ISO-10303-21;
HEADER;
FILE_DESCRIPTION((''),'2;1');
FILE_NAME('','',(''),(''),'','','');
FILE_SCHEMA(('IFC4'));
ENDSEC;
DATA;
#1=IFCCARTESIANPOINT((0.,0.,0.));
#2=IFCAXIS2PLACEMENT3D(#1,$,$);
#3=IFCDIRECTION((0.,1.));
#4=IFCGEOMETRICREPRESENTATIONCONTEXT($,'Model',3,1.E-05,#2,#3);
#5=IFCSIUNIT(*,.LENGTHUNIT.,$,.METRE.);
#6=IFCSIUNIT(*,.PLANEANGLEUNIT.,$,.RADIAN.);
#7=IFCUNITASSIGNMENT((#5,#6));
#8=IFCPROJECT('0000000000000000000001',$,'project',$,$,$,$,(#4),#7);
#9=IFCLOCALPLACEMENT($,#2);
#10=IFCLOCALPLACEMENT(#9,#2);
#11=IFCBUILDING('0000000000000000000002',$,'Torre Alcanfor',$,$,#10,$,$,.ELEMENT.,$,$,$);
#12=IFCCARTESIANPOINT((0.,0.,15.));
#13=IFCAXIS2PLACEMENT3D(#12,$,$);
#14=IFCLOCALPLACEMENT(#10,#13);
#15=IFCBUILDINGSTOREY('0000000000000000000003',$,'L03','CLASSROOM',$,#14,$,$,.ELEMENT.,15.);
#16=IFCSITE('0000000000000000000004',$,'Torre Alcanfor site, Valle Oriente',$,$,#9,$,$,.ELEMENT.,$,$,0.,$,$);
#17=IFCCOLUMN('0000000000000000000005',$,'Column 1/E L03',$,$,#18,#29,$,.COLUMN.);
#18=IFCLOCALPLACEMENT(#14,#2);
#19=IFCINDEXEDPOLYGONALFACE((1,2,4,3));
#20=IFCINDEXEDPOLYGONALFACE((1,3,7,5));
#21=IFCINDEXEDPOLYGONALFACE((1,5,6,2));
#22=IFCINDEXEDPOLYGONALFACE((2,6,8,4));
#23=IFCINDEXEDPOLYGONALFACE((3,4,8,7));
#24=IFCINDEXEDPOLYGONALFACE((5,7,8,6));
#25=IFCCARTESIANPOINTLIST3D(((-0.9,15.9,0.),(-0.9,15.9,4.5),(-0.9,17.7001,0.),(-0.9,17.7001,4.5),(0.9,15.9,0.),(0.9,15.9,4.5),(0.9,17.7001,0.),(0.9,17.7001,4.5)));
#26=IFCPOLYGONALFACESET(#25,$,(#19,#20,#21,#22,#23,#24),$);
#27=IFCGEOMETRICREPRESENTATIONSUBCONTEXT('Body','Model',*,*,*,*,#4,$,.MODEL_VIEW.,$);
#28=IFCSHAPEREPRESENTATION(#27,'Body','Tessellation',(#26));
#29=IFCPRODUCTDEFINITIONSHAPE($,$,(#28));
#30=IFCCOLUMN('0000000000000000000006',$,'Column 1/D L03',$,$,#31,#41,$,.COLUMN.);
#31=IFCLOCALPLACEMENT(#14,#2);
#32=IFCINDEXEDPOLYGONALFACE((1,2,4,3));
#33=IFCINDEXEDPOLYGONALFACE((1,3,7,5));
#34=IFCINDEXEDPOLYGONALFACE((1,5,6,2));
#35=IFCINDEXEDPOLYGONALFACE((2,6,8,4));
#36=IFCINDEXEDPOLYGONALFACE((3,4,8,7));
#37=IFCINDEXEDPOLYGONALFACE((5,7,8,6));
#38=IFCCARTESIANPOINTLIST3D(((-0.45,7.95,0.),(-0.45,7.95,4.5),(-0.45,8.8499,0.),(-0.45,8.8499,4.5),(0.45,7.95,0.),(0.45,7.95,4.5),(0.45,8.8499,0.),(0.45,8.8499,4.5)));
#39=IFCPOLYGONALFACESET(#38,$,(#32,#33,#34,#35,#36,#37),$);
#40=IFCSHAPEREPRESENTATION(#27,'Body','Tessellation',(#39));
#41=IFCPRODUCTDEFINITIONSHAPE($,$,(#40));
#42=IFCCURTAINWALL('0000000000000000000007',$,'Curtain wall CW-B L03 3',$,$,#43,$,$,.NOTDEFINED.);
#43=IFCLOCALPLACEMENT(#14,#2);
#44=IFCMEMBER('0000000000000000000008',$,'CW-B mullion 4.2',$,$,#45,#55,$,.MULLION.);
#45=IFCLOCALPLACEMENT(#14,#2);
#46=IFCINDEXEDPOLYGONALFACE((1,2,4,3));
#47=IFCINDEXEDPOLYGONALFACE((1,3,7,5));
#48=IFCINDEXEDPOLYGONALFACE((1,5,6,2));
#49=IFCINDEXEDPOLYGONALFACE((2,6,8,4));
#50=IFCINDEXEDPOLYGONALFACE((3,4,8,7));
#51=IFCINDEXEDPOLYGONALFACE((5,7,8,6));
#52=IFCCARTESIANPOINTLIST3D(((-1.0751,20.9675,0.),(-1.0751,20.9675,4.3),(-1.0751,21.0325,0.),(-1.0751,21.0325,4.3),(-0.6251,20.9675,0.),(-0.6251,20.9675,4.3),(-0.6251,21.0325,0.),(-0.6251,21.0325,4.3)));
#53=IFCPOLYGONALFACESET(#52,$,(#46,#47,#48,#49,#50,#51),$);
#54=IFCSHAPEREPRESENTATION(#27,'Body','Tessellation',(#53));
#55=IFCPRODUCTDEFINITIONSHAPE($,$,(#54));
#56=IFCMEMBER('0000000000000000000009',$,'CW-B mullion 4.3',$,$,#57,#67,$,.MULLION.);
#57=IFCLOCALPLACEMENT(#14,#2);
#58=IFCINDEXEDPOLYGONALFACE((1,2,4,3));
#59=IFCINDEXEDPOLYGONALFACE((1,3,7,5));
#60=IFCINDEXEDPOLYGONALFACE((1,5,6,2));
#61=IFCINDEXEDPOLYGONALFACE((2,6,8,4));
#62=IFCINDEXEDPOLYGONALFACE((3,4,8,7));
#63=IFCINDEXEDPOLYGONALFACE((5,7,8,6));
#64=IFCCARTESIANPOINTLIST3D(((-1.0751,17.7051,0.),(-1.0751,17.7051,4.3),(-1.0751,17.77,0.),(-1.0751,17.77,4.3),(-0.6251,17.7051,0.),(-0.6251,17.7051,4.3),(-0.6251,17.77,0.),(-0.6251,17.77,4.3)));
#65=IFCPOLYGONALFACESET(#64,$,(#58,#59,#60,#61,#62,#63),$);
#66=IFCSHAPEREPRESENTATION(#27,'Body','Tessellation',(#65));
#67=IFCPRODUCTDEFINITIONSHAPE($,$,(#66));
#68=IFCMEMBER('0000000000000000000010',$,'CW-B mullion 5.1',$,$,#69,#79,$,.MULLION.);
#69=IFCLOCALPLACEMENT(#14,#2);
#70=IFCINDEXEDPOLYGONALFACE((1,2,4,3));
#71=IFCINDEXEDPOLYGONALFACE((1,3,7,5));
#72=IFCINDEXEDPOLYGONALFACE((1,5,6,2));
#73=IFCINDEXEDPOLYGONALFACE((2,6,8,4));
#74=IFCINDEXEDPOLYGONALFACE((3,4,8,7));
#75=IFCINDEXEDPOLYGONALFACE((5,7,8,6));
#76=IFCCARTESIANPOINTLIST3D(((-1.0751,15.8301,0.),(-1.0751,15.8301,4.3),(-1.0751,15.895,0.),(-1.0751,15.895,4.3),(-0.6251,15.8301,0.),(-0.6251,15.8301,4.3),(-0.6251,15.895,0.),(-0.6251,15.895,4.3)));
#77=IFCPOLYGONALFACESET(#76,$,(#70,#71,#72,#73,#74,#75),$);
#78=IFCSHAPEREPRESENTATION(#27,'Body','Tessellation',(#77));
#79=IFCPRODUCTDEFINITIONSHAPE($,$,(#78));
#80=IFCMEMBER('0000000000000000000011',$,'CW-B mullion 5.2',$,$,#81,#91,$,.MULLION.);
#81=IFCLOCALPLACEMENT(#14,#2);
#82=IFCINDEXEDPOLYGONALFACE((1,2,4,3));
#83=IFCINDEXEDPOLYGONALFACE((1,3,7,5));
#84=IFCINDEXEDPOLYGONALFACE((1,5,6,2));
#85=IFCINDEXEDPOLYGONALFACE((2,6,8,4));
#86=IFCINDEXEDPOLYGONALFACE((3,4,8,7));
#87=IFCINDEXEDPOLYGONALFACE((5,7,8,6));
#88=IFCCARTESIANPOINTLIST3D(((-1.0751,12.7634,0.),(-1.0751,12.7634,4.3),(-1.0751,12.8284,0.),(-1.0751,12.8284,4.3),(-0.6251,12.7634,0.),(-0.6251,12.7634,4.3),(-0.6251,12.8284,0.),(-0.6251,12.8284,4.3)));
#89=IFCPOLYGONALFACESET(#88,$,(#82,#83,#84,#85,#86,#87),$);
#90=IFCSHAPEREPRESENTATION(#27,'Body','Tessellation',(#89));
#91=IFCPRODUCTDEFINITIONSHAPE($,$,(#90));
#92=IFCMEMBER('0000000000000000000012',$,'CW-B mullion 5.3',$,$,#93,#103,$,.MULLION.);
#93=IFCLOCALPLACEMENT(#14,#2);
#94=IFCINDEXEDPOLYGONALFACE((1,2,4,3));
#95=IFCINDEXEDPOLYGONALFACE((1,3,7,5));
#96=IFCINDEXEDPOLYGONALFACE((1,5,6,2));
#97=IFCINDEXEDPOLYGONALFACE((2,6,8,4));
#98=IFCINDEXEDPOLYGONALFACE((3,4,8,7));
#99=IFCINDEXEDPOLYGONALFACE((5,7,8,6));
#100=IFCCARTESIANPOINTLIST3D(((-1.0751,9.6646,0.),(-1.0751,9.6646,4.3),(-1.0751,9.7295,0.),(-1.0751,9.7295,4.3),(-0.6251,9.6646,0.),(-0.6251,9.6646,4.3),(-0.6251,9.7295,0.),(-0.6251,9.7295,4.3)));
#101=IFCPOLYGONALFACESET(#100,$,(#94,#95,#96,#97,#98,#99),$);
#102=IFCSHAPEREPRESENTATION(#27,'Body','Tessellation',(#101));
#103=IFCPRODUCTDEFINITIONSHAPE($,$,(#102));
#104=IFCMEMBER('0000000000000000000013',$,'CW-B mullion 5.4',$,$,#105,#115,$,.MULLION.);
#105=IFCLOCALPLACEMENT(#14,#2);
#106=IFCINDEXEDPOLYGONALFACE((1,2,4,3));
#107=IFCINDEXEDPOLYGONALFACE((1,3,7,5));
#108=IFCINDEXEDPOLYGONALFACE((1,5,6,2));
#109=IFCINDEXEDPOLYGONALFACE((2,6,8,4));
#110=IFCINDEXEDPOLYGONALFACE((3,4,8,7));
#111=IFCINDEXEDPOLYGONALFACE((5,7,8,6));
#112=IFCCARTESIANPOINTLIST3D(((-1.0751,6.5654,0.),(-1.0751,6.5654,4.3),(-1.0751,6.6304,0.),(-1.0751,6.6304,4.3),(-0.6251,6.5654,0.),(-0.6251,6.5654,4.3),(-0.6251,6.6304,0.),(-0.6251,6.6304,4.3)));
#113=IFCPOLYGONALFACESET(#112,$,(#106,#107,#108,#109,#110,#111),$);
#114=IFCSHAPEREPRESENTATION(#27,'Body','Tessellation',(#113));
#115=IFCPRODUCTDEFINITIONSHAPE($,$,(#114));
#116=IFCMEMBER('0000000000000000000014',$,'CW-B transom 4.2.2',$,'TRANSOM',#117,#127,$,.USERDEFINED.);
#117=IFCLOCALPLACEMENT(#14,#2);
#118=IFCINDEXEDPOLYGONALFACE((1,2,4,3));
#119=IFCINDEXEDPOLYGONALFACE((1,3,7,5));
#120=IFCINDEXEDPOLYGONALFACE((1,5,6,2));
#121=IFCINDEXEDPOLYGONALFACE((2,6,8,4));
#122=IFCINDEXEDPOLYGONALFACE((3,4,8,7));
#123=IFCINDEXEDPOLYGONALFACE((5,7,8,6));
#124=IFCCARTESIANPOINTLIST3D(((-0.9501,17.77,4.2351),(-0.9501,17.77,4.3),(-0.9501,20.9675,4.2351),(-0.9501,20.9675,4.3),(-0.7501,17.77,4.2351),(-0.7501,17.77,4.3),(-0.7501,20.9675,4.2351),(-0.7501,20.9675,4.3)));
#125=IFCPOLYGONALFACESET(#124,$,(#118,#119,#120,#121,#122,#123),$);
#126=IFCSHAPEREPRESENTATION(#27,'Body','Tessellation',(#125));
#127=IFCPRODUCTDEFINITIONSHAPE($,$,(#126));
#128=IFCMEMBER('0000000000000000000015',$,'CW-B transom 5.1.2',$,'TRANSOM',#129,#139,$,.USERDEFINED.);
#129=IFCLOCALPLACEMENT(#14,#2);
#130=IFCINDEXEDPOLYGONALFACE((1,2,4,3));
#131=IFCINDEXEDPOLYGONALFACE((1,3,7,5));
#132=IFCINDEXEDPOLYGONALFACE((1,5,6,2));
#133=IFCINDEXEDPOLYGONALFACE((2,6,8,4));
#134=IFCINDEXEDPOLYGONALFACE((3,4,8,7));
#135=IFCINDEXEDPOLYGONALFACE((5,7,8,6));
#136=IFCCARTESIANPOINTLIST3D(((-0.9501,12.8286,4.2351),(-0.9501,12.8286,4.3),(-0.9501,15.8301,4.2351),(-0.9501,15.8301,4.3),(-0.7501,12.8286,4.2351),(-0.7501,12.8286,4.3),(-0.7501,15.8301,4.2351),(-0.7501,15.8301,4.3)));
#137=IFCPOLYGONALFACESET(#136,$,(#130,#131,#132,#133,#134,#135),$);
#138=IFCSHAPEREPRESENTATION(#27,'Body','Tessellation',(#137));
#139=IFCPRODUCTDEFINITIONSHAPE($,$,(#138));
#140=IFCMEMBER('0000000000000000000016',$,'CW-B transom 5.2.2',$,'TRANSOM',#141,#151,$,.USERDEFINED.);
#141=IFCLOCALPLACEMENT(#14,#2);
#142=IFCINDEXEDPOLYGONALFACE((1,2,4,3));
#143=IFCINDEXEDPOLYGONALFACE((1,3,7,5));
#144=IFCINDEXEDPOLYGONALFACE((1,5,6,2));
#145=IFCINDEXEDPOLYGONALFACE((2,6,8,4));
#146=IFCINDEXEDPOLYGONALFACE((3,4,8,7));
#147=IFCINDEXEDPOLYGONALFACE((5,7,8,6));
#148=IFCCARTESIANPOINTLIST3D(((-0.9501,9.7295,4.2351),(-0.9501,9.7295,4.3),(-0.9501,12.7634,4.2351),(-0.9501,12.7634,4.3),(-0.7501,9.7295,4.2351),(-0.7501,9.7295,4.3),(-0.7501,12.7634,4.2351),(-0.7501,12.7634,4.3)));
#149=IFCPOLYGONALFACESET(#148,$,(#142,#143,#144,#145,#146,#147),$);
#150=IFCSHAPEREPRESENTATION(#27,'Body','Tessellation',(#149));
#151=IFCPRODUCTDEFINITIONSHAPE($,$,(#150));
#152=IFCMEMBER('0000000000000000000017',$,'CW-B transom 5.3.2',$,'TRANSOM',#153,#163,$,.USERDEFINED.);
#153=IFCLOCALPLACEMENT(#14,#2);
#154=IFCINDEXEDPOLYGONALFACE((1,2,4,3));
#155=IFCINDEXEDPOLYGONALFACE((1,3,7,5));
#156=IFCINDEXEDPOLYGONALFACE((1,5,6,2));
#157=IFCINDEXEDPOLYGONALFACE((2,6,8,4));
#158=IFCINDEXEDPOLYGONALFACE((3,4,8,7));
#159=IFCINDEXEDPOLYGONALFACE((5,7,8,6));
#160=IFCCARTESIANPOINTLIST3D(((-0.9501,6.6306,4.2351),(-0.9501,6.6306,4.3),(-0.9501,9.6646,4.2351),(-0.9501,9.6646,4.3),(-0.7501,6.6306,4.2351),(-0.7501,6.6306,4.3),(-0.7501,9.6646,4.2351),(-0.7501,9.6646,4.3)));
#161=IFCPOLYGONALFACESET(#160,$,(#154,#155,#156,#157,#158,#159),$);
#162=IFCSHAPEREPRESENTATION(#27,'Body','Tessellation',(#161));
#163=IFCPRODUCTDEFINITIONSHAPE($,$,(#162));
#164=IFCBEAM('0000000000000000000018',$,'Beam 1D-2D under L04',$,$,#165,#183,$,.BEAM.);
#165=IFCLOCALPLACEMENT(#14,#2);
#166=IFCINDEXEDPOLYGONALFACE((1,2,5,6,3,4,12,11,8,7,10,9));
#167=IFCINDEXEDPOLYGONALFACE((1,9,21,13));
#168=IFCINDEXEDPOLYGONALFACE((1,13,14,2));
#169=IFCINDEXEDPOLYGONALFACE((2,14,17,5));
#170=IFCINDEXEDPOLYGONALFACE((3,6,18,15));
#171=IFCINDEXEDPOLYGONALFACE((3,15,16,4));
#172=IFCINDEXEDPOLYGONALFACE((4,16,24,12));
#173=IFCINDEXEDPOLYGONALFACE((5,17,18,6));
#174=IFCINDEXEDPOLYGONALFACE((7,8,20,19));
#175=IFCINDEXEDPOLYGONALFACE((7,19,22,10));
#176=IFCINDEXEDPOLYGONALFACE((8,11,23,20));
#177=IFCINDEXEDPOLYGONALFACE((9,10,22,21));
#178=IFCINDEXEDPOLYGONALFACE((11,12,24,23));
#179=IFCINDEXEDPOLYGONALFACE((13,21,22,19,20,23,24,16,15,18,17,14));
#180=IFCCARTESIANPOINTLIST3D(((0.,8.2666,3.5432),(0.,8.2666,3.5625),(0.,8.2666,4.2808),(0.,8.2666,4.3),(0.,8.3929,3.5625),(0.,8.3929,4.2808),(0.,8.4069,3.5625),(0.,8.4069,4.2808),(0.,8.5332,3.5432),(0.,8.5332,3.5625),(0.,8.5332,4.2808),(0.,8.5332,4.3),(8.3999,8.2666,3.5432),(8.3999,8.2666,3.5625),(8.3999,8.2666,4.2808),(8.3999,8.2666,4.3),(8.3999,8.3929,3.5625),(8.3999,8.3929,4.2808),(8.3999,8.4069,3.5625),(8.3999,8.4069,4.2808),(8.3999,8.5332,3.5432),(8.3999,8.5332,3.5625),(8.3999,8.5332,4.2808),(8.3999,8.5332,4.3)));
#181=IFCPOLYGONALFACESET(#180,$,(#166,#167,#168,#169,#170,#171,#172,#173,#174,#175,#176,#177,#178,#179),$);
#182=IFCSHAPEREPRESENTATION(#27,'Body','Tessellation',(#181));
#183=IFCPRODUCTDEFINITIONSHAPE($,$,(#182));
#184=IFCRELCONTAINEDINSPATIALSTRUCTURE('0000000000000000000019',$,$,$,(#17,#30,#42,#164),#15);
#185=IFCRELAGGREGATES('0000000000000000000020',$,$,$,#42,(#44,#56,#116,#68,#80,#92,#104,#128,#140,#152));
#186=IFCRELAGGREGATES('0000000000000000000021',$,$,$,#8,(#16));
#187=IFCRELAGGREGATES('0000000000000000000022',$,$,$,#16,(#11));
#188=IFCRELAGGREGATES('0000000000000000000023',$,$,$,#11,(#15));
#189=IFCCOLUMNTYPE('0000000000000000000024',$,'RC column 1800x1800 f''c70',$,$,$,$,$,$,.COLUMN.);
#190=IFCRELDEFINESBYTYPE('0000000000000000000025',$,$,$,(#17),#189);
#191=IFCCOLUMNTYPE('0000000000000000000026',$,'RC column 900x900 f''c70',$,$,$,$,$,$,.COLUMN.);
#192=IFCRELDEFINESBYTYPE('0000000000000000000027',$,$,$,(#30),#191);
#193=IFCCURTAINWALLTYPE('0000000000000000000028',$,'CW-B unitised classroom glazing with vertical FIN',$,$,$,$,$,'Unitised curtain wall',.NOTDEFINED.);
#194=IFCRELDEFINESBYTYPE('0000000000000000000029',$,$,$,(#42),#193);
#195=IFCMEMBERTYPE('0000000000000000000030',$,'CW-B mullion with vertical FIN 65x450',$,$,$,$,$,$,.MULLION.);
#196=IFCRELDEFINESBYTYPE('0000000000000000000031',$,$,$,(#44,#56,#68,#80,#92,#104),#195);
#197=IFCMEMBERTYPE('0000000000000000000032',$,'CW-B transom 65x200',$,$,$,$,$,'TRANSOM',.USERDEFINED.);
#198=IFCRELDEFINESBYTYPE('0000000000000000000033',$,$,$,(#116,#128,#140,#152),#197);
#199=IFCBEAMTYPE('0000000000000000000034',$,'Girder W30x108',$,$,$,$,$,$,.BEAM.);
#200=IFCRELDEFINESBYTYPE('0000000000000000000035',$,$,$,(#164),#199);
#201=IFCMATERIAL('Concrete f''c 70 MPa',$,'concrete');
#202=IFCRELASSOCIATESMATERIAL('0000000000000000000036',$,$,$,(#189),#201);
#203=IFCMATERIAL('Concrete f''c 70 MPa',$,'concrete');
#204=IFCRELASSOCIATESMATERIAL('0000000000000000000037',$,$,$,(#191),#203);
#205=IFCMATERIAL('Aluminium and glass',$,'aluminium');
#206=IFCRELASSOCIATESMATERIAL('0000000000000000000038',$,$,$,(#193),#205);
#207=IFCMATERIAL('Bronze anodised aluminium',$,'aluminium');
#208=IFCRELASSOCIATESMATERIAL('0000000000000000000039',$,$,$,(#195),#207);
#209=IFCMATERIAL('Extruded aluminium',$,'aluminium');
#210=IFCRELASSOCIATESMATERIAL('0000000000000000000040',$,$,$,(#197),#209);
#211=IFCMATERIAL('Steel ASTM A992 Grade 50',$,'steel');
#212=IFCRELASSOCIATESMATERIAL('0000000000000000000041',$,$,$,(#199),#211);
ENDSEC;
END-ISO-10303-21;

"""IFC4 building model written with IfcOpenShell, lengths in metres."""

from ifc_helpers import new_model, si_unit, direction, frame, origin, origin_2d, place, context, subcontext, project, spatial, rectangle, i_section, extrude, material, material_profile, profile_set, type_object, element, aggregate, save


model = new_model("IFC4")

# Units and contexts
model_context = context("Model", 3, precision=1e-05, world=origin(), true_north=direction((0.0, 1.0)))
body_context = subcontext(model_context, "Body", "Model", "MODEL_VIEW")
ifc_project = project(units=[si_unit("LENGTHUNIT", "METRE"), si_unit("PLANEANGLEUNIT", "RADIAN")], contexts=[model_context])

# Site, building, storey
site_placement = place(None, origin())
site = spatial("IfcSite", under=ifc_project, at=site_placement, Name="Torre Alcanfor site, Valle Oriente", CompositionType="ELEMENT", RefElevation=0.0)
building_placement = place(site_placement, origin())
building = spatial("IfcBuilding", under=site, at=building_placement, Name="Torre Alcanfor", CompositionType="ELEMENT")
storey_placement = place(building_placement, frame((0.0, 0.0, 15.0)))
storey = spatial("IfcBuildingStorey", under=building, at=storey_placement, Name="L03", Description="CLASSROOM", CompositionType="ELEMENT", Elevation=15.0)

# Columns
ifc_material_1 = material(Name="Concrete f'c 70 MPa", Category="concrete")
ifc_material_profile_1 = material_profile(ifc_material_1, rectangle(XDim=1.8, YDim=1.8, at=origin_2d()), Name="1800x1800")
ifc_profile_set_1 = profile_set([ifc_material_profile_1], Name="Concrete f'c 70 MPa")
column_type_1 = type_object("IfcColumnType", Name="RC column 1800x1800 f'c70", PredefinedType="COLUMN", material=ifc_profile_set_1)
column_1_placement = place(storey_placement, frame((0.0, 16.8, 0.0), z_axis=(0.0, 0.0, 1.0), x_axis=(1.0, 0.0, 0.0)))
element("IfcColumn", 1, at=column_1_placement, inside=storey, type_object=column_type_1, Name="Column 1/E L03", PredefinedType="COLUMN", context=body_context, shape_type="SweptSolid", body=[
    extrude(rectangle(XDim=1.8, YDim=1.8, at=origin_2d()), origin(), (0.0, 0.0, 1.0), 4.5),
])
ifc_material_2 = material(Name="Concrete f'c 70 MPa", Category="concrete")
ifc_material_profile_2 = material_profile(ifc_material_2, rectangle(XDim=0.8999, YDim=0.8999, at=origin_2d()), Name="900x900")
ifc_profile_set_2 = profile_set([ifc_material_profile_2], Name="Concrete f'c 70 MPa")
column_type_2 = type_object("IfcColumnType", Name="RC column 900x900 f'c70", PredefinedType="COLUMN", material=ifc_profile_set_2)
column_2_placement = place(storey_placement, frame((0.0, 8.3999, 0.0), z_axis=(0.0, 0.0, 1.0), x_axis=(1.0, 0.0, 0.0)))
element("IfcColumn", 2, at=column_2_placement, inside=storey, type_object=column_type_2, Name="Column 1/D L03", PredefinedType="COLUMN", context=body_context, shape_type="SweptSolid", body=[
    extrude(rectangle(XDim=0.8999, YDim=0.8999, at=origin_2d()), origin(), (0.0, 0.0, 1.0), 4.5),
])

# Curtain wall, members
ifc_material_3 = material(Name="Aluminium and glass", Category="aluminium")
curtain_wall_type = type_object("IfcCurtainWallType", Name="CW-B unitised classroom glazing with vertical FIN", ElementType="Unitised curtain wall", PredefinedType="NOTDEFINED", material=ifc_material_3)
curtain_wall_placement = place(storey_placement, origin())
curtain_wall = element("IfcCurtainWall", 3, at=curtain_wall_placement, inside=storey, type_object=curtain_wall_type, Name="Curtain wall CW-B L03 3", PredefinedType="NOTDEFINED")
ifc_material_4 = material(Name="Bronze anodised aluminium", Category="aluminium")
ifc_material_profile_3 = material_profile(ifc_material_4, rectangle(XDim=0.45, YDim=0.0649, at=origin_2d()), Name="CW-B mullion 65x450")
ifc_profile_set_3 = profile_set([ifc_material_profile_3], Name="Bronze anodised aluminium")
member_type_1 = type_object("IfcMemberType", Name="CW-B mullion with vertical FIN 65x450", PredefinedType="MULLION", material=ifc_profile_set_3)
member_1_placement = place(storey_placement, frame((-0.8501, 21.0, 0.0), z_axis=(0.0, 0.0, 1.0), x_axis=(1.0, 0.0, 0.0)))
member_1 = element("IfcMember", 4, at=member_1_placement, type_object=member_type_1, Name="CW-B mullion 4.2", PredefinedType="MULLION", context=body_context, shape_type="SweptSolid", body=[
    extrude(rectangle(XDim=0.45, YDim=0.0649, at=origin_2d()), origin(), (0.0, 0.0, 1.0), 4.3),
])
member_2_placement = place(storey_placement, frame((-0.8501, 17.7375, 0.0), z_axis=(0.0, 0.0, 1.0), x_axis=(1.0, 0.0, 0.0)))
member_2 = element("IfcMember", 5, at=member_2_placement, type_object=member_type_1, Name="CW-B mullion 4.3", PredefinedType="MULLION", context=body_context, shape_type="SweptSolid", body=[
    extrude(rectangle(XDim=0.45, YDim=0.0649, at=origin_2d()), origin(), (0.0, 0.0, 1.0), 4.3),
])
member_3_placement = place(storey_placement, frame((-0.8501, 15.8625, 0.0), z_axis=(0.0, 0.0, 1.0), x_axis=(1.0, 0.0, 0.0)))
member_3 = element("IfcMember", 6, at=member_3_placement, type_object=member_type_1, Name="CW-B mullion 5.1", PredefinedType="MULLION", context=body_context, shape_type="SweptSolid", body=[
    extrude(rectangle(XDim=0.45, YDim=0.0649, at=origin_2d()), origin(), (0.0, 0.0, 1.0), 4.3),
])
member_4_placement = place(storey_placement, frame((-0.8501, 12.7959, 0.0), z_axis=(0.0, 0.0, 1.0), x_axis=(1.0, 0.0, 0.0)))
member_4 = element("IfcMember", 7, at=member_4_placement, type_object=member_type_1, Name="CW-B mullion 5.2", PredefinedType="MULLION", context=body_context, shape_type="SweptSolid", body=[
    extrude(rectangle(XDim=0.45, YDim=0.0649, at=origin_2d()), origin(), (0.0, 0.0, 1.0), 4.3),
])
member_5_placement = place(storey_placement, frame((-0.8501, 9.697, 0.0), z_axis=(0.0, 0.0, 1.0), x_axis=(1.0, 0.0, 0.0)))
member_5 = element("IfcMember", 8, at=member_5_placement, type_object=member_type_1, Name="CW-B mullion 5.3", PredefinedType="MULLION", context=body_context, shape_type="SweptSolid", body=[
    extrude(rectangle(XDim=0.45, YDim=0.0649, at=origin_2d()), origin(), (0.0, 0.0, 1.0), 4.3),
])
member_6_placement = place(storey_placement, frame((-0.8501, 6.5979, 0.0), z_axis=(0.0, 0.0, 1.0), x_axis=(1.0, 0.0, 0.0)))
member_6 = element("IfcMember", 9, at=member_6_placement, type_object=member_type_1, Name="CW-B mullion 5.4", PredefinedType="MULLION", context=body_context, shape_type="SweptSolid", body=[
    extrude(rectangle(XDim=0.45, YDim=0.0649, at=origin_2d()), origin(), (0.0, 0.0, 1.0), 4.3),
])
ifc_material_5 = material(Name="Extruded aluminium", Category="aluminium")
ifc_material_profile_4 = material_profile(ifc_material_5, rectangle(XDim=0.2, YDim=0.0649, at=origin_2d()), Name="CW-B transom 200x65")
ifc_profile_set_4 = profile_set([ifc_material_profile_4], Name="Extruded aluminium")
member_type_2 = type_object("IfcMemberType", Name="CW-B transom 65x200", ElementType="TRANSOM", PredefinedType="USERDEFINED", material=ifc_profile_set_4)
member_7_placement = place(storey_placement, frame((-0.8501, 20.9675, 4.2676), z_axis=(0.0, -1.0, 0.0), x_axis=(1.0, 0.0, 0.0)))
member_7 = element("IfcMember", 10, at=member_7_placement, type_object=member_type_2, Name="CW-B transom 4.2.2", ObjectType="TRANSOM", PredefinedType="USERDEFINED", context=body_context, shape_type="SweptSolid", body=[
    extrude(rectangle(XDim=0.2, YDim=0.0649, at=origin_2d()), origin(), (0.0, 0.0, 1.0), 3.1975),
])
member_8_placement = place(storey_placement, frame((-0.8501, 15.8301, 4.2676), z_axis=(0.0, -1.0, 0.0), x_axis=(1.0, 0.0, 0.0)))
member_8 = element("IfcMember", 11, at=member_8_placement, type_object=member_type_2, Name="CW-B transom 5.1.2", ObjectType="TRANSOM", PredefinedType="USERDEFINED", context=body_context, shape_type="SweptSolid", body=[
    extrude(rectangle(XDim=0.2, YDim=0.0649, at=origin_2d()), origin(), (0.0, 0.0, 1.0), 3.0015),
])
member_9_placement = place(storey_placement, frame((-0.8501, 12.7634, 4.2676), z_axis=(0.0, -1.0, 0.0), x_axis=(1.0, 0.0, 0.0)))
member_9 = element("IfcMember", 12, at=member_9_placement, type_object=member_type_2, Name="CW-B transom 5.2.2", ObjectType="TRANSOM", PredefinedType="USERDEFINED", context=body_context, shape_type="SweptSolid", body=[
    extrude(rectangle(XDim=0.2, YDim=0.0649, at=origin_2d()), origin(), (0.0, 0.0, 1.0), 3.0339),
])
member_10_placement = place(storey_placement, frame((-0.8501, 9.6646, 4.2676), z_axis=(0.0, -1.0, 0.0), x_axis=(1.0, 0.0, 0.0)))
member_10 = element("IfcMember", 13, at=member_10_placement, type_object=member_type_2, Name="CW-B transom 5.3.2", ObjectType="TRANSOM", PredefinedType="USERDEFINED", context=body_context, shape_type="SweptSolid", body=[
    extrude(rectangle(XDim=0.2, YDim=0.0649, at=origin_2d()), origin(), (0.0, 0.0, 1.0), 3.0339),
])

# Beam
ifc_material_6 = material(Name="Steel ASTM A992 Grade 50", Category="steel")
ifc_material_profile_5 = material_profile(ifc_material_6, i_section(OverallWidth=0.2666, OverallDepth=0.7568, WebThickness=0.0139, FlangeThickness=0.0193, at=origin_2d()), Name="W30x108")
ifc_profile_set_5 = profile_set([ifc_material_profile_5], Name="Steel ASTM A992 Grade 50")
beam_type_1 = type_object("IfcBeamType", Name="Girder W30x108", PredefinedType="BEAM", material=ifc_profile_set_5)
for number, where, z_axis, x_axis, name in (
    (14, (0.0, 8.3999, 3.9216), (1.0, 0.0, 0.0), (0.0, 1.0, 0.0), "Beam 1D-2D under L04"),
):
    element("IfcBeam", number, at=place(storey_placement, frame(where, z_axis=z_axis, x_axis=x_axis)), inside=storey, type_object=beam_type_1, Name=name, PredefinedType="BEAM", context=body_context, shape_type="SweptSolid", body=[
        extrude(i_section(OverallWidth=0.2666, OverallDepth=0.7568, WebThickness=0.0139, FlangeThickness=0.0193, at=origin_2d()), origin(), (0.0, 0.0, 1.0), 8.3999),
    ])

aggregate(curtain_wall, [member_1, member_2, member_7, member_3, member_4, member_5, member_6, member_8, member_9, member_10])

save(model, "model.ifc")
